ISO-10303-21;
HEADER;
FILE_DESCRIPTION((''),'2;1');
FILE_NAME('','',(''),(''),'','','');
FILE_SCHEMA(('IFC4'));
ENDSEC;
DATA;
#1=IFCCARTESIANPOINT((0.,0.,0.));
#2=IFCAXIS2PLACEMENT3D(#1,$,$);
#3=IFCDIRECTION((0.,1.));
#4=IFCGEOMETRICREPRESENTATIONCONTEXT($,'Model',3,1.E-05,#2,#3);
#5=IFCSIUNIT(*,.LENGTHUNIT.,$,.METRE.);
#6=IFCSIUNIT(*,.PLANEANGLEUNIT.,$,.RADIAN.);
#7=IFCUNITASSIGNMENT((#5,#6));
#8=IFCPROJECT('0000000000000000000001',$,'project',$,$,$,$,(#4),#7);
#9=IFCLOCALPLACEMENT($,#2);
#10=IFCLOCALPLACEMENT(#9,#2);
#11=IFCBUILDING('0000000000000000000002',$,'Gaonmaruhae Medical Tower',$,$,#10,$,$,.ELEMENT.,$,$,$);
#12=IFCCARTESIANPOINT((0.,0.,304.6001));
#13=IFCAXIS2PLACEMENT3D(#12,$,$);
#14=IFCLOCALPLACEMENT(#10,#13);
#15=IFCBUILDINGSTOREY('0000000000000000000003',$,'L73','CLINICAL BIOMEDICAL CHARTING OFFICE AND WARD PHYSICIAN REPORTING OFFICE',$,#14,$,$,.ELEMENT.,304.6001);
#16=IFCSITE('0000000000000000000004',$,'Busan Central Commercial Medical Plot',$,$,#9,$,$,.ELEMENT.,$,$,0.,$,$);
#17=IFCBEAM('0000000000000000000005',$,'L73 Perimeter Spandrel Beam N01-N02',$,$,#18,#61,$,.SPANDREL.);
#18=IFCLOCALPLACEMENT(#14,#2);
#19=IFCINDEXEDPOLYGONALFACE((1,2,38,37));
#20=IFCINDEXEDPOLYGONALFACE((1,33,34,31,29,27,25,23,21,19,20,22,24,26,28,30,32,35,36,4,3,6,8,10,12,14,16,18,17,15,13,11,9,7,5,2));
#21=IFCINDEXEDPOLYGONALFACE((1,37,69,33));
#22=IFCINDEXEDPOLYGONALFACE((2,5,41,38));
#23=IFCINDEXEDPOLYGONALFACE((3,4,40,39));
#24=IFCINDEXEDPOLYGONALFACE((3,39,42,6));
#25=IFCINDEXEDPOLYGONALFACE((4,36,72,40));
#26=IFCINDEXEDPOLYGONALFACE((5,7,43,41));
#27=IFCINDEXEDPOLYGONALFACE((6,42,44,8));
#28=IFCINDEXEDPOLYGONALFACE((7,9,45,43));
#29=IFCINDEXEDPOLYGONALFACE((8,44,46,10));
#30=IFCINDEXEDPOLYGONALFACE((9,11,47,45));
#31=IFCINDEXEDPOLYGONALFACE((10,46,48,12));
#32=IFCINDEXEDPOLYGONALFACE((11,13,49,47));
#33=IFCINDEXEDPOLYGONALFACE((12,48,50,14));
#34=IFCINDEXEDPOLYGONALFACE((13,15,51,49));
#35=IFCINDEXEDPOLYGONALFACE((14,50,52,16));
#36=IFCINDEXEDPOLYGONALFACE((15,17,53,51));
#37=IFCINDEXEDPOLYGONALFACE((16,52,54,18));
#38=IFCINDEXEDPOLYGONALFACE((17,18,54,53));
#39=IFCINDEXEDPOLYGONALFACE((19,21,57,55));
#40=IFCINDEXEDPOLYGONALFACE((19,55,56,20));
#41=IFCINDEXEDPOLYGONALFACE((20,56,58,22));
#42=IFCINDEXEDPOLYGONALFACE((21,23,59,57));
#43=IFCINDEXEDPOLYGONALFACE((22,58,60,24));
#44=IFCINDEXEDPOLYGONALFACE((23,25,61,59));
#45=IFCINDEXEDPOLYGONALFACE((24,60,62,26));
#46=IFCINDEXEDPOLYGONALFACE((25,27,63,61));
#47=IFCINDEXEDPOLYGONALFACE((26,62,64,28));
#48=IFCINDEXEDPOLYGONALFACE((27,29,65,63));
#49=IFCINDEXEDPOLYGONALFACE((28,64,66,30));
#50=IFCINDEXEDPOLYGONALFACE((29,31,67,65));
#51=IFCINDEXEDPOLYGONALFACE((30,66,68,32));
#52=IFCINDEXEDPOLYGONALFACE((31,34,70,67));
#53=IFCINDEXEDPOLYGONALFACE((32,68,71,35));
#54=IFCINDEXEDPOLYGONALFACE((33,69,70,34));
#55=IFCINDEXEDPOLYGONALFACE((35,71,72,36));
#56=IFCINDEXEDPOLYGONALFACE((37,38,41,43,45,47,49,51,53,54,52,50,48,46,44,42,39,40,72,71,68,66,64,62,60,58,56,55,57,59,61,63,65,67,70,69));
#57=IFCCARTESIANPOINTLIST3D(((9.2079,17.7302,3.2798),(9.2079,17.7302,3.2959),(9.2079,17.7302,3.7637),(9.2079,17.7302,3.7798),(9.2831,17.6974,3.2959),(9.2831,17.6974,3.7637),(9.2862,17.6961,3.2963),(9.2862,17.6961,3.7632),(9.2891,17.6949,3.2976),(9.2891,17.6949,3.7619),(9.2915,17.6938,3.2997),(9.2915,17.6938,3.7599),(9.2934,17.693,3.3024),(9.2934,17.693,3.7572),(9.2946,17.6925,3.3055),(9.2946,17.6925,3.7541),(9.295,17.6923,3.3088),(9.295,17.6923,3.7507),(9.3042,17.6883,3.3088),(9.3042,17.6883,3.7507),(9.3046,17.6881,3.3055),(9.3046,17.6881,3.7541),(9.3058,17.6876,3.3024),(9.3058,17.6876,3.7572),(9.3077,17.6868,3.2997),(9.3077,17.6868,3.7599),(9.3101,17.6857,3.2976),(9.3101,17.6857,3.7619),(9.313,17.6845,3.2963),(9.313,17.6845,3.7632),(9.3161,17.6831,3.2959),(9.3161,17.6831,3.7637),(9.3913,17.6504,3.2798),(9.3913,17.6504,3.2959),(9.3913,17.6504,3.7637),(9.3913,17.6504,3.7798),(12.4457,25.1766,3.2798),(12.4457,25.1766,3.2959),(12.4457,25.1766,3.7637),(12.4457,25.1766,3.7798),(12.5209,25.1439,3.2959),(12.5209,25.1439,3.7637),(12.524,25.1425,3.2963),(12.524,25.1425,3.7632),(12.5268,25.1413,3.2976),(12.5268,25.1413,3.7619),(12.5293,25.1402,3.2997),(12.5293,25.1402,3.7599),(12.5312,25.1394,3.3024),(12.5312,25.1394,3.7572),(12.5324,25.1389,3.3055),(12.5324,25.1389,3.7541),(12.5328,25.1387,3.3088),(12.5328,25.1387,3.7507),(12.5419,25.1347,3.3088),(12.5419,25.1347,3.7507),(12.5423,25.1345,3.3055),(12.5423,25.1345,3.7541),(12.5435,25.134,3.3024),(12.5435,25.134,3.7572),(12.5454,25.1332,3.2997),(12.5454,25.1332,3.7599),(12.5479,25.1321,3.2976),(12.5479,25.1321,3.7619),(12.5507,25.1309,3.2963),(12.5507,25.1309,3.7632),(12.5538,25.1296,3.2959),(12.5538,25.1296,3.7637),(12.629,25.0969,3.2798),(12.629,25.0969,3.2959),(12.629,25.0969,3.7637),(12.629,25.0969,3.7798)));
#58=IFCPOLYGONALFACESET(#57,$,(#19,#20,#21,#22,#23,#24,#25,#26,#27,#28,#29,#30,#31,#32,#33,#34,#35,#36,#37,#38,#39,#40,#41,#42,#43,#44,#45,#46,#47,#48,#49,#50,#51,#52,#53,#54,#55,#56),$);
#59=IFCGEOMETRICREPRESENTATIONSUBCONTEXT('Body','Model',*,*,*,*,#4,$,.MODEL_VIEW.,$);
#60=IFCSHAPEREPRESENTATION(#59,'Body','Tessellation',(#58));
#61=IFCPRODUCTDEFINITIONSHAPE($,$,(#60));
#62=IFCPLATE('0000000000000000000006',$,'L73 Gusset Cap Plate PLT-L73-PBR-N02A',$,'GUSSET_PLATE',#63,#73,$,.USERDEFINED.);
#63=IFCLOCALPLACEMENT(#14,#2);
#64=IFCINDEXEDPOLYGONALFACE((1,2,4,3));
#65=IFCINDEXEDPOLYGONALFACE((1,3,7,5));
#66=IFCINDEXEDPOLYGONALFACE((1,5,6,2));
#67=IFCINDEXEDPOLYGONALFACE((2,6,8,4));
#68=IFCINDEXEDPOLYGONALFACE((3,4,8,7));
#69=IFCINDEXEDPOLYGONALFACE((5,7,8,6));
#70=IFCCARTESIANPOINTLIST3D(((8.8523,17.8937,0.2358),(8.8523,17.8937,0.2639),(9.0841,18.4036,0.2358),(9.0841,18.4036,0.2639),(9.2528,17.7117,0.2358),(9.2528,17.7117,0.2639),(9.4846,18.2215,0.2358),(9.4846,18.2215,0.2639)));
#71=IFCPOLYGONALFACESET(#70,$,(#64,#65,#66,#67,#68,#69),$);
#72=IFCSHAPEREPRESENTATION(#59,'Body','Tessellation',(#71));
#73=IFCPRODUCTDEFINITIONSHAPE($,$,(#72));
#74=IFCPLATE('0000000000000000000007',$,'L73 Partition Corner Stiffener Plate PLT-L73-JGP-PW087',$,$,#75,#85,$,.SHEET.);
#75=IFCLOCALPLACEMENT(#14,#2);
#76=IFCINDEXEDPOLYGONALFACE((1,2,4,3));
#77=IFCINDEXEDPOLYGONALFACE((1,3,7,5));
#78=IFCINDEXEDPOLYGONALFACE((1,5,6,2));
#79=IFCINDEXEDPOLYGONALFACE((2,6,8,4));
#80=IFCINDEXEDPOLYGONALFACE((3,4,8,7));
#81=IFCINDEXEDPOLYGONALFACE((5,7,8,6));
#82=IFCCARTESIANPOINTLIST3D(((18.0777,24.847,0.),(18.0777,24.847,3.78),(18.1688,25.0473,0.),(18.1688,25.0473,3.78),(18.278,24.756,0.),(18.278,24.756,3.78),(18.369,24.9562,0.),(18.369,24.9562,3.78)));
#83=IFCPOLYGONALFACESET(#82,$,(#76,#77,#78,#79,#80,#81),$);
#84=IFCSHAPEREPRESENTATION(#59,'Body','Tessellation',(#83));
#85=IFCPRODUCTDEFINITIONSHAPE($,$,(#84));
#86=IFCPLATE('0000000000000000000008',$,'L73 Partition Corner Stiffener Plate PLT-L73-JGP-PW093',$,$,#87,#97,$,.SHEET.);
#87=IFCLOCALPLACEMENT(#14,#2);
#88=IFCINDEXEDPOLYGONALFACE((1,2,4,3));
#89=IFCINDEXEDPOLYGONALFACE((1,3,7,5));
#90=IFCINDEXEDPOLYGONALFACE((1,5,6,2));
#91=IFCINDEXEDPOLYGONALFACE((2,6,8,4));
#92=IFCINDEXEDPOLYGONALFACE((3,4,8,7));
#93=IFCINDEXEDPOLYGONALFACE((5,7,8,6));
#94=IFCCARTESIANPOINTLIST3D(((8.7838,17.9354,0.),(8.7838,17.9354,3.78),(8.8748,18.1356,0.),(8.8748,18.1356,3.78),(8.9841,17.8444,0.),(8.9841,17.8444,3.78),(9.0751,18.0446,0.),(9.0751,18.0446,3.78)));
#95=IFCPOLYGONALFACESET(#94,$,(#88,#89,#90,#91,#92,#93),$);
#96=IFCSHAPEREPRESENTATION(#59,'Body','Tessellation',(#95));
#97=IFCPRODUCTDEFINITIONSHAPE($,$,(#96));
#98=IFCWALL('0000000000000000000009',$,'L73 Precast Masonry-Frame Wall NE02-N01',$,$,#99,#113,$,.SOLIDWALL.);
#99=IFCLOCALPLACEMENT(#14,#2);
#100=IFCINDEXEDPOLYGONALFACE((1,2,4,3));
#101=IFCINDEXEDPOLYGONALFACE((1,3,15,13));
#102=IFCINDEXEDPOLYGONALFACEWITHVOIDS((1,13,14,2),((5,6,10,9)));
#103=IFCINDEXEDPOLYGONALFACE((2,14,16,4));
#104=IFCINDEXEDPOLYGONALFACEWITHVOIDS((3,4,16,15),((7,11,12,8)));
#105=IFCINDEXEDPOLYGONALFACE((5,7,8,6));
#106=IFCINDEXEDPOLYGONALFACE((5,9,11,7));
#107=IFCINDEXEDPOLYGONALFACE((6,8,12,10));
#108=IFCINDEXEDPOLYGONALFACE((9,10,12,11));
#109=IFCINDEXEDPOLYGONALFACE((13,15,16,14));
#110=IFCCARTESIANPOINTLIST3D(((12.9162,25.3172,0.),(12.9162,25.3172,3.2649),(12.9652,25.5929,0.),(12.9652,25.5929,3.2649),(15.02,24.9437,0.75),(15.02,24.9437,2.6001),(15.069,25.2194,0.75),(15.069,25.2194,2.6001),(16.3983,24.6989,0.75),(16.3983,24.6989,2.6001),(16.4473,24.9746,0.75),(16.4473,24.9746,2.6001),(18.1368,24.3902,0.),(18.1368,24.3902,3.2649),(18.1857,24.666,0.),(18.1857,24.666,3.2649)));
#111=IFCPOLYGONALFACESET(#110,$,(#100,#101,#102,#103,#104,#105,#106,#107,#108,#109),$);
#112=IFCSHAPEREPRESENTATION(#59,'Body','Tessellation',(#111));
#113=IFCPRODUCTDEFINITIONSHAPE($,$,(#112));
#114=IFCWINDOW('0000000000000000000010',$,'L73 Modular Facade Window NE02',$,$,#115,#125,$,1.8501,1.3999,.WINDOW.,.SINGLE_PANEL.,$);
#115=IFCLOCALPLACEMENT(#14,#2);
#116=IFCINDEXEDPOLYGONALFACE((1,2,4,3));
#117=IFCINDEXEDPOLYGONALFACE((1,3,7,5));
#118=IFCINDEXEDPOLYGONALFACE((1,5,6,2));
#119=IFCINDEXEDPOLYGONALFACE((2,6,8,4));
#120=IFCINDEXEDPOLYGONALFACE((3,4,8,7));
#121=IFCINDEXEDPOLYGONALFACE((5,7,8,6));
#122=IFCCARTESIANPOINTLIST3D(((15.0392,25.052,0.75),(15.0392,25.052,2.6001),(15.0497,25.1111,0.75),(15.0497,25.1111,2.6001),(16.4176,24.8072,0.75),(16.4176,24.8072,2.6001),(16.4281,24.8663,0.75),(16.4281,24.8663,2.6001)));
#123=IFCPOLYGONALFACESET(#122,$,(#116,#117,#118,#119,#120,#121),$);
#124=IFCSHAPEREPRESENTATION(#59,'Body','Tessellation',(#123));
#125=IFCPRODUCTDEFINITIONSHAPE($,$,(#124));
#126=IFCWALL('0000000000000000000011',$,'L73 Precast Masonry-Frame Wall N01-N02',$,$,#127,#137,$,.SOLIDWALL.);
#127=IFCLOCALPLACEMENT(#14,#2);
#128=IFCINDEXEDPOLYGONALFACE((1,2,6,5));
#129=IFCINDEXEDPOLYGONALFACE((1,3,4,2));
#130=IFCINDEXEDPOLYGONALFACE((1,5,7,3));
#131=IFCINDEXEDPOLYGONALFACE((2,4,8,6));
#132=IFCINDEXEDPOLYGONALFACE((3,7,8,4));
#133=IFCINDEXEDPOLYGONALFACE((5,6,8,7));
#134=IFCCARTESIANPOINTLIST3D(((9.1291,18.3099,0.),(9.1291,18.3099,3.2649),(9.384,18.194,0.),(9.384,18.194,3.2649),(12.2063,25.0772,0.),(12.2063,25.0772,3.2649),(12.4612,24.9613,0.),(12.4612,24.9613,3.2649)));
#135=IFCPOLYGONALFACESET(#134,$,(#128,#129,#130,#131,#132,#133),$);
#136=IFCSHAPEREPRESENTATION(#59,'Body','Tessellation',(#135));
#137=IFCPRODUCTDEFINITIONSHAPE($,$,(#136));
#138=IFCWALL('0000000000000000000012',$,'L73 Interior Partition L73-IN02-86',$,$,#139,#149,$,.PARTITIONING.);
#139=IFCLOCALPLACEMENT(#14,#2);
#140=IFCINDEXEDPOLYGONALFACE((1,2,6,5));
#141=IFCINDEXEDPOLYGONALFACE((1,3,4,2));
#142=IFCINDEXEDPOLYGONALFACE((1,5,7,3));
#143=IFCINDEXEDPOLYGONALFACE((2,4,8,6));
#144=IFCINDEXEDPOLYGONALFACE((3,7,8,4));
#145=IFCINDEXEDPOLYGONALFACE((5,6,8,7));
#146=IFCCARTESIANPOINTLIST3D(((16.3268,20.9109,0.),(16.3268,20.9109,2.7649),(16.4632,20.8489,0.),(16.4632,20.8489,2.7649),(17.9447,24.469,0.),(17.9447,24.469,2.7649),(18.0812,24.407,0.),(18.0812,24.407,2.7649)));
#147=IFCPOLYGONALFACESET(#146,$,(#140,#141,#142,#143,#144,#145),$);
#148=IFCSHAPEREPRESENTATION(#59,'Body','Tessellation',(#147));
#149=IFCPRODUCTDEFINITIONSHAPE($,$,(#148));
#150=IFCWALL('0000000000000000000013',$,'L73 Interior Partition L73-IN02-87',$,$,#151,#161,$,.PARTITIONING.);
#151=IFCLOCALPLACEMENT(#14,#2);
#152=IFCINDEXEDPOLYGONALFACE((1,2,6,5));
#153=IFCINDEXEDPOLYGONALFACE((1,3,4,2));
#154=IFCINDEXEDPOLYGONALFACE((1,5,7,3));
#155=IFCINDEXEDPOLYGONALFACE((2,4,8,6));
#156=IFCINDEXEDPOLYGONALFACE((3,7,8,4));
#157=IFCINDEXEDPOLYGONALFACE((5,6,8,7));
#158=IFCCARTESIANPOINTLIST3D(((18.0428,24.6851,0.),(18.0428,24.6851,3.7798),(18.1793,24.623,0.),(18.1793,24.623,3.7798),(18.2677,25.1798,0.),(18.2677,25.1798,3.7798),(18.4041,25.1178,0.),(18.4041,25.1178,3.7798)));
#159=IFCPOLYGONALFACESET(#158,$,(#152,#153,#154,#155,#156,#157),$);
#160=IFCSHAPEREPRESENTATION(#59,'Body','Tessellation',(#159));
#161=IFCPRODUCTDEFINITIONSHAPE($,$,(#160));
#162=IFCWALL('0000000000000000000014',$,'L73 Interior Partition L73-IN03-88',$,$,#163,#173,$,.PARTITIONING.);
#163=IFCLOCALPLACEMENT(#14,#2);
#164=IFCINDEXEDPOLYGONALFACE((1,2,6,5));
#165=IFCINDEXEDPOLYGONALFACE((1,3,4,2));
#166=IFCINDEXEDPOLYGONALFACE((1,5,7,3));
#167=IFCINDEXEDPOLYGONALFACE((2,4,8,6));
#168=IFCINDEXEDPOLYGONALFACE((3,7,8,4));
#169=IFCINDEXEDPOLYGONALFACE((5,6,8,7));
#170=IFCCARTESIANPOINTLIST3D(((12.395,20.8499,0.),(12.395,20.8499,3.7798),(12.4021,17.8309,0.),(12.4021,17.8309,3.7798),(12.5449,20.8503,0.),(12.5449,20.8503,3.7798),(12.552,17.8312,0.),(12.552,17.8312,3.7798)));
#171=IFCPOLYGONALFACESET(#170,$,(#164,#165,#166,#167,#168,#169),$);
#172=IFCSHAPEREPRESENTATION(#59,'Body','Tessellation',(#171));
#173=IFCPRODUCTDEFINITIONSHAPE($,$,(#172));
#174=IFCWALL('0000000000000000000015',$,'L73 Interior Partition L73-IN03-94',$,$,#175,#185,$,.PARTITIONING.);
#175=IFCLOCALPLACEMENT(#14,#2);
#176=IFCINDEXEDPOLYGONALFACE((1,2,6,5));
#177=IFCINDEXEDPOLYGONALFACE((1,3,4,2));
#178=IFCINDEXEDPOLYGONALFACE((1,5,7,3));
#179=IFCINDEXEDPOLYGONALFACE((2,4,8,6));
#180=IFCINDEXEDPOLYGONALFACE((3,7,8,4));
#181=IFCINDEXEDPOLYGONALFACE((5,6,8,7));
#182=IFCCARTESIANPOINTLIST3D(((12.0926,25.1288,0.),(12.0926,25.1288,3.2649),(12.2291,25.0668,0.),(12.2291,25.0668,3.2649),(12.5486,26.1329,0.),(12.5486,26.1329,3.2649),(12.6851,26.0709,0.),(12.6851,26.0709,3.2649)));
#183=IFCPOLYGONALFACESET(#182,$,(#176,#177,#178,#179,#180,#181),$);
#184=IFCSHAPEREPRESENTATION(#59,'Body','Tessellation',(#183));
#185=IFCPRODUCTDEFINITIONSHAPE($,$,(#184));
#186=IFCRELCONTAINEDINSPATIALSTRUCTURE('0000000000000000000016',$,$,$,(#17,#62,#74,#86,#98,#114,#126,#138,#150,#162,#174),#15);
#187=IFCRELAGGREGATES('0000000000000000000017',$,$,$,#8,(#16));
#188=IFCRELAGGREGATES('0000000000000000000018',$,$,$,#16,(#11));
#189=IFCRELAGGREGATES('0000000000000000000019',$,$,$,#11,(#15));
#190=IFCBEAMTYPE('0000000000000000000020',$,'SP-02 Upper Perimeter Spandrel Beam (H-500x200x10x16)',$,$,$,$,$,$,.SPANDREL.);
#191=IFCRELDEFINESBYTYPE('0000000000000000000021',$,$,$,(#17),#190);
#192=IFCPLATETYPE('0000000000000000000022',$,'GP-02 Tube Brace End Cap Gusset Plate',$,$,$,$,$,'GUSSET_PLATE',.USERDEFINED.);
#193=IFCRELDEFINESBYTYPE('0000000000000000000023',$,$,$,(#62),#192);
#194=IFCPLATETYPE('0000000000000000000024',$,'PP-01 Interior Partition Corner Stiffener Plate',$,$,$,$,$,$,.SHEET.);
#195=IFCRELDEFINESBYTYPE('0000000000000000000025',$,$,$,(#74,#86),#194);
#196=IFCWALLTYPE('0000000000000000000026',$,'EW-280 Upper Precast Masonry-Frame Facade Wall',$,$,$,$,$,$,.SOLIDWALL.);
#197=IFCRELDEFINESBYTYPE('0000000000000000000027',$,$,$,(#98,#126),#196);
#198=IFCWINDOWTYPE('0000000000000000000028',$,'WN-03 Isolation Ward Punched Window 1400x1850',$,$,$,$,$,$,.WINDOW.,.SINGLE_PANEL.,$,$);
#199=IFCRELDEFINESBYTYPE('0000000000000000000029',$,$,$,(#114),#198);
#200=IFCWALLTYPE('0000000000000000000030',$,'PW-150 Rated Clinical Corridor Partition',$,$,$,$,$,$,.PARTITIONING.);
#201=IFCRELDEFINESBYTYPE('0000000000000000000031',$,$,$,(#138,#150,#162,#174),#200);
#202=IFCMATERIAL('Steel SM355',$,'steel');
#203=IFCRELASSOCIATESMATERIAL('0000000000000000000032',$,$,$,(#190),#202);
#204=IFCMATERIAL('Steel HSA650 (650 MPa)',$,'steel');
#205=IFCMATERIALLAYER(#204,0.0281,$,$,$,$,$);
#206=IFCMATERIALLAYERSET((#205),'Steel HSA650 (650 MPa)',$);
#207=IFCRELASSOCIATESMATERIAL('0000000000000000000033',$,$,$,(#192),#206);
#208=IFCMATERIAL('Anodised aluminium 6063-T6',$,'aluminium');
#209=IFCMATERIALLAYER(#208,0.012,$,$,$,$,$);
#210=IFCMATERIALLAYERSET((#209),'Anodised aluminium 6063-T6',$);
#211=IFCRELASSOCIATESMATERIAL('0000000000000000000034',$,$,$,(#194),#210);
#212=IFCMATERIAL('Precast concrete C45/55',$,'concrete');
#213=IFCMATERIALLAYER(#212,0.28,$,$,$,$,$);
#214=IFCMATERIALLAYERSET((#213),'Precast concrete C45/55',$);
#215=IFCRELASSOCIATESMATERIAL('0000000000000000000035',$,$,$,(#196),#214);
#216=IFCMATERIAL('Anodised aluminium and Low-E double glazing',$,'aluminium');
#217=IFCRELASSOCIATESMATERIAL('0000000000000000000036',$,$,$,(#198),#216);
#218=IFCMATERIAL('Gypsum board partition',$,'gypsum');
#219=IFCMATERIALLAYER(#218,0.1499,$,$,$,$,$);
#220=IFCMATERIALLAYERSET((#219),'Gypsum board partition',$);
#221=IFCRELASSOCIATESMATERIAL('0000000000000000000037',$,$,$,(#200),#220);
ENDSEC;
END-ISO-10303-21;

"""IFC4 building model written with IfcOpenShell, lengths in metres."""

from ifc_helpers import new_model, si_unit, direction, frame, frame_2d, origin, origin_2d, place, context, subcontext, project, spatial, rectangle, i_section, extrude, material, layer, layer_set, material_profile, profile_set, type_object, element, fill, save


model = new_model("IFC4")

# Units and contexts
model_context = context("Model", 3, precision=1e-05, world=origin(), true_north=direction((0.0, 1.0)))
body_context = subcontext(model_context, "Body", "Model", "MODEL_VIEW")
ifc_project = project(units=[si_unit("LENGTHUNIT", "METRE"), si_unit("PLANEANGLEUNIT", "RADIAN")], contexts=[model_context])

# Site, building, storey
site_placement = place(None, origin())
site = spatial("IfcSite", under=ifc_project, at=site_placement, Name="Busan Central Commercial Medical Plot", CompositionType="ELEMENT", RefElevation=0.0)
building_placement = place(site_placement, origin())
building = spatial("IfcBuilding", under=site, at=building_placement, Name="Gaonmaruhae Medical Tower", CompositionType="ELEMENT")
storey_placement = place(building_placement, frame((0.0, 0.0, 304.6001)))
storey = spatial("IfcBuildingStorey", under=building, at=storey_placement, Name="L73", Description="CLINICAL BIOMEDICAL CHARTING OFFICE AND WARD PHYSICIAN REPORTING OFFICE", CompositionType="ELEMENT", Elevation=304.6001)

# Shared definitions
ifc_material_1 = material(Name="Steel SM355", Category="steel")

# Beam
ifc_material_profile_1 = material_profile(ifc_material_1, i_section(OverallWidth=0.2, OverallDepth=0.5, WebThickness=0.01, FlangeThickness=0.0161, FilletRadius=0.0129, at=origin_2d()), Name="H-500x200x10x16")
ifc_profile_set_1 = profile_set([ifc_material_profile_1], Name="Steel SM355")
beam_type_1 = type_object("IfcBeamType", Name="SP-02 Upper Perimeter Spandrel Beam (H-500x200x10x16)", PredefinedType="SPANDREL", material=ifc_profile_set_1)
beam_1_placement = place(storey_placement, frame((12.5374, 25.1367, 3.5298), z_axis=(-0.398744, -0.917062, 0.0), x_axis=(0.917062, -0.398744, 0.0)))
element("IfcBeam", 1, at=beam_1_placement, inside=storey, type_object=beam_type_1, Name="L73 Perimeter Spandrel Beam N01-N02", PredefinedType="SPANDREL", context=body_context, shape_type="SweptSolid", body=[
    extrude(i_section(OverallWidth=0.2, OverallDepth=0.5, WebThickness=0.01, FlangeThickness=0.0161, FilletRadius=0.0129, at=origin_2d()), origin(), (0.0, 0.0, 1.0), 8.1199),
])

# Plates
ifc_material_2 = material(Name="Steel HSA650 (650 MPa)", Category="steel")
ifc_layer_1 = layer(ifc_material_2, 0.0281)
ifc_layer_set_1 = layer_set([ifc_layer_1], Name="Steel HSA650 (650 MPa)")
plate_type_1 = type_object("IfcPlateType", Name="GP-02 Tube Brace End Cap Gusset Plate", ElementType="GUSSET_PLATE", PredefinedType="USERDEFINED", material=ifc_layer_set_1)
plate_placement = place(storey_placement, frame((9.1685, 18.0576, 0.2358), z_axis=(0.0, 0.0, 1.0), x_axis=(0.413899, 0.910323, 0.0)))
element("IfcPlate", 2, at=plate_placement, inside=storey, type_object=plate_type_1, Name="L73 Gusset Cap Plate PLT-L73-PBR-N02A", ObjectType="GUSSET_PLATE", PredefinedType="USERDEFINED", context=body_context, shape_type="SweptSolid", body=[
    extrude(rectangle(XDim=0.5601, YDim=0.4399, at=origin_2d()), origin(), (0.0, 0.0, 1.0), 0.0281),
])
ifc_material_3 = material(Name="Anodised aluminium 6063-T6", Category="aluminium")
ifc_layer_2 = layer(ifc_material_3, 0.012)
ifc_layer_set_2 = layer_set([ifc_layer_2], Name="Anodised aluminium 6063-T6")
plate_type_2 = type_object("IfcPlateType", Name="PP-01 Interior Partition Corner Stiffener Plate", PredefinedType="SHEET", material=ifc_layer_set_2)
for number, where, z_axis, x_axis, name in (
    (3, (18.2234, 24.9016, 0.0), (0.0, 0.0, 1.0), (0.413804, 0.910366, 0.0), "L73 Partition Corner Stiffener Plate PLT-L73-JGP-PW087"),
    (4, (8.9294, 17.99, 0.0), (0.0, 0.0, 1.0), (0.413708, 0.910409, 0.0), "L73 Partition Corner Stiffener Plate PLT-L73-JGP-PW093"),
):
    element("IfcPlate", number, at=place(storey_placement, frame(where, z_axis=z_axis, x_axis=x_axis)), inside=storey, type_object=plate_type_2, Name=name, PredefinedType="SHEET", context=body_context, shape_type="SweptSolid", body=[
        extrude(rectangle(XDim=0.22, YDim=0.22, at=origin_2d()), origin(), (0.0, 0.0, 1.0), 3.78),
    ])

# Wall, opening, window
ifc_material_4 = material(Name="Precast concrete C45/55", Category="concrete")
ifc_layer_3 = layer(ifc_material_4, 0.28)
ifc_layer_set_3 = layer_set([ifc_layer_3], Name="Precast concrete C45/55")
wall_type_1 = type_object("IfcWallType", Name="EW-280 Upper Precast Masonry-Frame Facade Wall", PredefinedType="SOLIDWALL", material=ifc_layer_set_3)
wall_1_placement = place(storey_placement, frame((12.9407, 25.4551, 0.0), z_axis=(0.0, 0.0, 1.0), x_axis=(0.984599, -0.174828, 0.0)))
wall_1 = element("IfcWall", 5, at=wall_1_placement, inside=storey, type_object=wall_type_1, Name="L73 Precast Masonry-Frame Wall NE02-N01", PredefinedType="SOLIDWALL", context=body_context, shape_type="SweptSolid", body=[
    extrude(rectangle(XDim=5.3022, YDim=0.28, at=frame_2d((2.6511, 0.0))), origin(), (0.0, 0.0, 1.0), 3.2649),
])
opening_1_placement = place(wall_1_placement, frame((2.1367, 0.0, 0.75)))
opening_1 = element("IfcOpeningElement", 6, at=opening_1_placement, cuts=wall_1, PredefinedType="OPENING", context=body_context, shape_type="SweptSolid", body=[
    extrude(rectangle(XDim=1.3999, YDim=1.8501, at=frame_2d((0.7, 0.925))), frame((0.0, 0.1499, 0.0), z_axis=(0.0, -1.0, 0.0), x_axis=(1.0, 0.0, 0.0)), (0.0, 0.0, 1.0), 0.3),
])
ifc_material_5 = material(Name="Anodised aluminium and Low-E double glazing", Category="aluminium")
window_type = type_object("IfcWindowType", Name="WN-03 Isolation Ward Punched Window 1400x1850", PartitioningType="SINGLE_PANEL", PredefinedType="WINDOW", material=ifc_material_5)
window_placement = place(opening_1_placement, origin())
window = element("IfcWindow", 7, at=window_placement, inside=storey, type_object=window_type, Name="L73 Modular Facade Window NE02", OverallHeight=1.8501, OverallWidth=1.3999, PartitioningType="SINGLE_PANEL", PredefinedType="WINDOW", context=body_context, shape_type="SweptSolid", body=[
    extrude(rectangle(XDim=1.3999, YDim=1.8501, at=frame_2d((0.7, 0.925))), frame((0.0, 0.03, 0.0), z_axis=(0.0, -1.0, 0.0), x_axis=(1.0, 0.0, 0.0)), (0.0, 0.0, 1.0), 0.0601),
])
fill(opening_1, window)

# Walls
wall_2_placement = place(storey_placement, frame((9.2566, 18.252, 0.0), z_axis=(0.0, 0.0, 1.0), x_axis=(0.413924, 0.910311, 0.0)))
element("IfcWall", 8, at=wall_2_placement, inside=storey, type_object=wall_type_1, Name="L73 Precast Masonry-Frame Wall N01-N02", PredefinedType="SOLIDWALL", context=body_context, shape_type="SweptSolid", body=[
    extrude(rectangle(XDim=7.4341, YDim=0.28, at=frame_2d((3.717, 0.0))), origin(), (0.0, 0.0, 1.0), 3.2649),
])
ifc_material_6 = material(Name="Gypsum board partition", Category="gypsum")
ifc_layer_4 = layer(ifc_material_6, 0.1499)
ifc_layer_set_4 = layer_set([ifc_layer_4], Name="Gypsum board partition")
wall_type_2 = type_object("IfcWallType", Name="PW-150 Rated Clinical Corridor Partition", PredefinedType="PARTITIONING", material=ifc_layer_set_4)
wall_3_placement = place(storey_placement, frame((16.395, 20.8799, 0.0), z_axis=(0.0, 0.0, 1.0), x_axis=(0.41393, 0.910309, 0.0)))
element("IfcWall", 9, at=wall_3_placement, inside=storey, type_object=wall_type_2, Name="L73 Interior Partition L73-IN02-86", PredefinedType="PARTITIONING", context=body_context, shape_type="SweptSolid", body=[
    extrude(rectangle(XDim=3.9087, YDim=0.1499, at=frame_2d((1.9543, 0.0))), origin(), (0.0, 0.0, 1.0), 2.7649),
])
wall_4_placement = place(storey_placement, frame((18.1111, 24.6541, 0.0), z_axis=(0.0, 0.0, 1.0), x_axis=(0.413668, 0.910428, 0.0)))
element("IfcWall", 10, at=wall_4_placement, inside=storey, type_object=wall_type_2, Name="L73 Interior Partition L73-IN02-87", PredefinedType="PARTITIONING", context=body_context, shape_type="SweptSolid", body=[
    extrude(rectangle(XDim=0.5435, YDim=0.1499, at=frame_2d((0.2717, 0.0))), origin(), (0.0, 0.0, 1.0), 3.7798),
])
wall_5_placement = place(storey_placement, frame((12.47, 20.8501, 0.0), z_axis=(0.0, 0.0, 1.0), x_axis=(0.002345, -0.999997, 0.0)))
element("IfcWall", 11, at=wall_5_placement, inside=storey, type_object=wall_type_2, Name="L73 Interior Partition L73-IN03-88", PredefinedType="PARTITIONING", context=body_context, shape_type="SweptSolid", body=[
    extrude(rectangle(XDim=3.019, YDim=0.1499, at=frame_2d((1.5095, 0.0))), origin(), (0.0, 0.0, 1.0), 3.7798),
])
wall_6_placement = place(storey_placement, frame((12.1609, 25.0979, 0.0), z_axis=(0.0, 0.0, 1.0), x_axis=(0.413519, 0.910495, 0.0)))
element("IfcWall", 12, at=wall_6_placement, inside=storey, type_object=wall_type_2, Name="L73 Interior Partition L73-IN03-94", PredefinedType="PARTITIONING", context=body_context, shape_type="SweptSolid", body=[
    extrude(rectangle(XDim=1.1028, YDim=0.1499, at=frame_2d((0.5513, 0.0))), origin(), (0.0, 0.0, 1.0), 3.2649),
])

save(model, "model.ifc")
